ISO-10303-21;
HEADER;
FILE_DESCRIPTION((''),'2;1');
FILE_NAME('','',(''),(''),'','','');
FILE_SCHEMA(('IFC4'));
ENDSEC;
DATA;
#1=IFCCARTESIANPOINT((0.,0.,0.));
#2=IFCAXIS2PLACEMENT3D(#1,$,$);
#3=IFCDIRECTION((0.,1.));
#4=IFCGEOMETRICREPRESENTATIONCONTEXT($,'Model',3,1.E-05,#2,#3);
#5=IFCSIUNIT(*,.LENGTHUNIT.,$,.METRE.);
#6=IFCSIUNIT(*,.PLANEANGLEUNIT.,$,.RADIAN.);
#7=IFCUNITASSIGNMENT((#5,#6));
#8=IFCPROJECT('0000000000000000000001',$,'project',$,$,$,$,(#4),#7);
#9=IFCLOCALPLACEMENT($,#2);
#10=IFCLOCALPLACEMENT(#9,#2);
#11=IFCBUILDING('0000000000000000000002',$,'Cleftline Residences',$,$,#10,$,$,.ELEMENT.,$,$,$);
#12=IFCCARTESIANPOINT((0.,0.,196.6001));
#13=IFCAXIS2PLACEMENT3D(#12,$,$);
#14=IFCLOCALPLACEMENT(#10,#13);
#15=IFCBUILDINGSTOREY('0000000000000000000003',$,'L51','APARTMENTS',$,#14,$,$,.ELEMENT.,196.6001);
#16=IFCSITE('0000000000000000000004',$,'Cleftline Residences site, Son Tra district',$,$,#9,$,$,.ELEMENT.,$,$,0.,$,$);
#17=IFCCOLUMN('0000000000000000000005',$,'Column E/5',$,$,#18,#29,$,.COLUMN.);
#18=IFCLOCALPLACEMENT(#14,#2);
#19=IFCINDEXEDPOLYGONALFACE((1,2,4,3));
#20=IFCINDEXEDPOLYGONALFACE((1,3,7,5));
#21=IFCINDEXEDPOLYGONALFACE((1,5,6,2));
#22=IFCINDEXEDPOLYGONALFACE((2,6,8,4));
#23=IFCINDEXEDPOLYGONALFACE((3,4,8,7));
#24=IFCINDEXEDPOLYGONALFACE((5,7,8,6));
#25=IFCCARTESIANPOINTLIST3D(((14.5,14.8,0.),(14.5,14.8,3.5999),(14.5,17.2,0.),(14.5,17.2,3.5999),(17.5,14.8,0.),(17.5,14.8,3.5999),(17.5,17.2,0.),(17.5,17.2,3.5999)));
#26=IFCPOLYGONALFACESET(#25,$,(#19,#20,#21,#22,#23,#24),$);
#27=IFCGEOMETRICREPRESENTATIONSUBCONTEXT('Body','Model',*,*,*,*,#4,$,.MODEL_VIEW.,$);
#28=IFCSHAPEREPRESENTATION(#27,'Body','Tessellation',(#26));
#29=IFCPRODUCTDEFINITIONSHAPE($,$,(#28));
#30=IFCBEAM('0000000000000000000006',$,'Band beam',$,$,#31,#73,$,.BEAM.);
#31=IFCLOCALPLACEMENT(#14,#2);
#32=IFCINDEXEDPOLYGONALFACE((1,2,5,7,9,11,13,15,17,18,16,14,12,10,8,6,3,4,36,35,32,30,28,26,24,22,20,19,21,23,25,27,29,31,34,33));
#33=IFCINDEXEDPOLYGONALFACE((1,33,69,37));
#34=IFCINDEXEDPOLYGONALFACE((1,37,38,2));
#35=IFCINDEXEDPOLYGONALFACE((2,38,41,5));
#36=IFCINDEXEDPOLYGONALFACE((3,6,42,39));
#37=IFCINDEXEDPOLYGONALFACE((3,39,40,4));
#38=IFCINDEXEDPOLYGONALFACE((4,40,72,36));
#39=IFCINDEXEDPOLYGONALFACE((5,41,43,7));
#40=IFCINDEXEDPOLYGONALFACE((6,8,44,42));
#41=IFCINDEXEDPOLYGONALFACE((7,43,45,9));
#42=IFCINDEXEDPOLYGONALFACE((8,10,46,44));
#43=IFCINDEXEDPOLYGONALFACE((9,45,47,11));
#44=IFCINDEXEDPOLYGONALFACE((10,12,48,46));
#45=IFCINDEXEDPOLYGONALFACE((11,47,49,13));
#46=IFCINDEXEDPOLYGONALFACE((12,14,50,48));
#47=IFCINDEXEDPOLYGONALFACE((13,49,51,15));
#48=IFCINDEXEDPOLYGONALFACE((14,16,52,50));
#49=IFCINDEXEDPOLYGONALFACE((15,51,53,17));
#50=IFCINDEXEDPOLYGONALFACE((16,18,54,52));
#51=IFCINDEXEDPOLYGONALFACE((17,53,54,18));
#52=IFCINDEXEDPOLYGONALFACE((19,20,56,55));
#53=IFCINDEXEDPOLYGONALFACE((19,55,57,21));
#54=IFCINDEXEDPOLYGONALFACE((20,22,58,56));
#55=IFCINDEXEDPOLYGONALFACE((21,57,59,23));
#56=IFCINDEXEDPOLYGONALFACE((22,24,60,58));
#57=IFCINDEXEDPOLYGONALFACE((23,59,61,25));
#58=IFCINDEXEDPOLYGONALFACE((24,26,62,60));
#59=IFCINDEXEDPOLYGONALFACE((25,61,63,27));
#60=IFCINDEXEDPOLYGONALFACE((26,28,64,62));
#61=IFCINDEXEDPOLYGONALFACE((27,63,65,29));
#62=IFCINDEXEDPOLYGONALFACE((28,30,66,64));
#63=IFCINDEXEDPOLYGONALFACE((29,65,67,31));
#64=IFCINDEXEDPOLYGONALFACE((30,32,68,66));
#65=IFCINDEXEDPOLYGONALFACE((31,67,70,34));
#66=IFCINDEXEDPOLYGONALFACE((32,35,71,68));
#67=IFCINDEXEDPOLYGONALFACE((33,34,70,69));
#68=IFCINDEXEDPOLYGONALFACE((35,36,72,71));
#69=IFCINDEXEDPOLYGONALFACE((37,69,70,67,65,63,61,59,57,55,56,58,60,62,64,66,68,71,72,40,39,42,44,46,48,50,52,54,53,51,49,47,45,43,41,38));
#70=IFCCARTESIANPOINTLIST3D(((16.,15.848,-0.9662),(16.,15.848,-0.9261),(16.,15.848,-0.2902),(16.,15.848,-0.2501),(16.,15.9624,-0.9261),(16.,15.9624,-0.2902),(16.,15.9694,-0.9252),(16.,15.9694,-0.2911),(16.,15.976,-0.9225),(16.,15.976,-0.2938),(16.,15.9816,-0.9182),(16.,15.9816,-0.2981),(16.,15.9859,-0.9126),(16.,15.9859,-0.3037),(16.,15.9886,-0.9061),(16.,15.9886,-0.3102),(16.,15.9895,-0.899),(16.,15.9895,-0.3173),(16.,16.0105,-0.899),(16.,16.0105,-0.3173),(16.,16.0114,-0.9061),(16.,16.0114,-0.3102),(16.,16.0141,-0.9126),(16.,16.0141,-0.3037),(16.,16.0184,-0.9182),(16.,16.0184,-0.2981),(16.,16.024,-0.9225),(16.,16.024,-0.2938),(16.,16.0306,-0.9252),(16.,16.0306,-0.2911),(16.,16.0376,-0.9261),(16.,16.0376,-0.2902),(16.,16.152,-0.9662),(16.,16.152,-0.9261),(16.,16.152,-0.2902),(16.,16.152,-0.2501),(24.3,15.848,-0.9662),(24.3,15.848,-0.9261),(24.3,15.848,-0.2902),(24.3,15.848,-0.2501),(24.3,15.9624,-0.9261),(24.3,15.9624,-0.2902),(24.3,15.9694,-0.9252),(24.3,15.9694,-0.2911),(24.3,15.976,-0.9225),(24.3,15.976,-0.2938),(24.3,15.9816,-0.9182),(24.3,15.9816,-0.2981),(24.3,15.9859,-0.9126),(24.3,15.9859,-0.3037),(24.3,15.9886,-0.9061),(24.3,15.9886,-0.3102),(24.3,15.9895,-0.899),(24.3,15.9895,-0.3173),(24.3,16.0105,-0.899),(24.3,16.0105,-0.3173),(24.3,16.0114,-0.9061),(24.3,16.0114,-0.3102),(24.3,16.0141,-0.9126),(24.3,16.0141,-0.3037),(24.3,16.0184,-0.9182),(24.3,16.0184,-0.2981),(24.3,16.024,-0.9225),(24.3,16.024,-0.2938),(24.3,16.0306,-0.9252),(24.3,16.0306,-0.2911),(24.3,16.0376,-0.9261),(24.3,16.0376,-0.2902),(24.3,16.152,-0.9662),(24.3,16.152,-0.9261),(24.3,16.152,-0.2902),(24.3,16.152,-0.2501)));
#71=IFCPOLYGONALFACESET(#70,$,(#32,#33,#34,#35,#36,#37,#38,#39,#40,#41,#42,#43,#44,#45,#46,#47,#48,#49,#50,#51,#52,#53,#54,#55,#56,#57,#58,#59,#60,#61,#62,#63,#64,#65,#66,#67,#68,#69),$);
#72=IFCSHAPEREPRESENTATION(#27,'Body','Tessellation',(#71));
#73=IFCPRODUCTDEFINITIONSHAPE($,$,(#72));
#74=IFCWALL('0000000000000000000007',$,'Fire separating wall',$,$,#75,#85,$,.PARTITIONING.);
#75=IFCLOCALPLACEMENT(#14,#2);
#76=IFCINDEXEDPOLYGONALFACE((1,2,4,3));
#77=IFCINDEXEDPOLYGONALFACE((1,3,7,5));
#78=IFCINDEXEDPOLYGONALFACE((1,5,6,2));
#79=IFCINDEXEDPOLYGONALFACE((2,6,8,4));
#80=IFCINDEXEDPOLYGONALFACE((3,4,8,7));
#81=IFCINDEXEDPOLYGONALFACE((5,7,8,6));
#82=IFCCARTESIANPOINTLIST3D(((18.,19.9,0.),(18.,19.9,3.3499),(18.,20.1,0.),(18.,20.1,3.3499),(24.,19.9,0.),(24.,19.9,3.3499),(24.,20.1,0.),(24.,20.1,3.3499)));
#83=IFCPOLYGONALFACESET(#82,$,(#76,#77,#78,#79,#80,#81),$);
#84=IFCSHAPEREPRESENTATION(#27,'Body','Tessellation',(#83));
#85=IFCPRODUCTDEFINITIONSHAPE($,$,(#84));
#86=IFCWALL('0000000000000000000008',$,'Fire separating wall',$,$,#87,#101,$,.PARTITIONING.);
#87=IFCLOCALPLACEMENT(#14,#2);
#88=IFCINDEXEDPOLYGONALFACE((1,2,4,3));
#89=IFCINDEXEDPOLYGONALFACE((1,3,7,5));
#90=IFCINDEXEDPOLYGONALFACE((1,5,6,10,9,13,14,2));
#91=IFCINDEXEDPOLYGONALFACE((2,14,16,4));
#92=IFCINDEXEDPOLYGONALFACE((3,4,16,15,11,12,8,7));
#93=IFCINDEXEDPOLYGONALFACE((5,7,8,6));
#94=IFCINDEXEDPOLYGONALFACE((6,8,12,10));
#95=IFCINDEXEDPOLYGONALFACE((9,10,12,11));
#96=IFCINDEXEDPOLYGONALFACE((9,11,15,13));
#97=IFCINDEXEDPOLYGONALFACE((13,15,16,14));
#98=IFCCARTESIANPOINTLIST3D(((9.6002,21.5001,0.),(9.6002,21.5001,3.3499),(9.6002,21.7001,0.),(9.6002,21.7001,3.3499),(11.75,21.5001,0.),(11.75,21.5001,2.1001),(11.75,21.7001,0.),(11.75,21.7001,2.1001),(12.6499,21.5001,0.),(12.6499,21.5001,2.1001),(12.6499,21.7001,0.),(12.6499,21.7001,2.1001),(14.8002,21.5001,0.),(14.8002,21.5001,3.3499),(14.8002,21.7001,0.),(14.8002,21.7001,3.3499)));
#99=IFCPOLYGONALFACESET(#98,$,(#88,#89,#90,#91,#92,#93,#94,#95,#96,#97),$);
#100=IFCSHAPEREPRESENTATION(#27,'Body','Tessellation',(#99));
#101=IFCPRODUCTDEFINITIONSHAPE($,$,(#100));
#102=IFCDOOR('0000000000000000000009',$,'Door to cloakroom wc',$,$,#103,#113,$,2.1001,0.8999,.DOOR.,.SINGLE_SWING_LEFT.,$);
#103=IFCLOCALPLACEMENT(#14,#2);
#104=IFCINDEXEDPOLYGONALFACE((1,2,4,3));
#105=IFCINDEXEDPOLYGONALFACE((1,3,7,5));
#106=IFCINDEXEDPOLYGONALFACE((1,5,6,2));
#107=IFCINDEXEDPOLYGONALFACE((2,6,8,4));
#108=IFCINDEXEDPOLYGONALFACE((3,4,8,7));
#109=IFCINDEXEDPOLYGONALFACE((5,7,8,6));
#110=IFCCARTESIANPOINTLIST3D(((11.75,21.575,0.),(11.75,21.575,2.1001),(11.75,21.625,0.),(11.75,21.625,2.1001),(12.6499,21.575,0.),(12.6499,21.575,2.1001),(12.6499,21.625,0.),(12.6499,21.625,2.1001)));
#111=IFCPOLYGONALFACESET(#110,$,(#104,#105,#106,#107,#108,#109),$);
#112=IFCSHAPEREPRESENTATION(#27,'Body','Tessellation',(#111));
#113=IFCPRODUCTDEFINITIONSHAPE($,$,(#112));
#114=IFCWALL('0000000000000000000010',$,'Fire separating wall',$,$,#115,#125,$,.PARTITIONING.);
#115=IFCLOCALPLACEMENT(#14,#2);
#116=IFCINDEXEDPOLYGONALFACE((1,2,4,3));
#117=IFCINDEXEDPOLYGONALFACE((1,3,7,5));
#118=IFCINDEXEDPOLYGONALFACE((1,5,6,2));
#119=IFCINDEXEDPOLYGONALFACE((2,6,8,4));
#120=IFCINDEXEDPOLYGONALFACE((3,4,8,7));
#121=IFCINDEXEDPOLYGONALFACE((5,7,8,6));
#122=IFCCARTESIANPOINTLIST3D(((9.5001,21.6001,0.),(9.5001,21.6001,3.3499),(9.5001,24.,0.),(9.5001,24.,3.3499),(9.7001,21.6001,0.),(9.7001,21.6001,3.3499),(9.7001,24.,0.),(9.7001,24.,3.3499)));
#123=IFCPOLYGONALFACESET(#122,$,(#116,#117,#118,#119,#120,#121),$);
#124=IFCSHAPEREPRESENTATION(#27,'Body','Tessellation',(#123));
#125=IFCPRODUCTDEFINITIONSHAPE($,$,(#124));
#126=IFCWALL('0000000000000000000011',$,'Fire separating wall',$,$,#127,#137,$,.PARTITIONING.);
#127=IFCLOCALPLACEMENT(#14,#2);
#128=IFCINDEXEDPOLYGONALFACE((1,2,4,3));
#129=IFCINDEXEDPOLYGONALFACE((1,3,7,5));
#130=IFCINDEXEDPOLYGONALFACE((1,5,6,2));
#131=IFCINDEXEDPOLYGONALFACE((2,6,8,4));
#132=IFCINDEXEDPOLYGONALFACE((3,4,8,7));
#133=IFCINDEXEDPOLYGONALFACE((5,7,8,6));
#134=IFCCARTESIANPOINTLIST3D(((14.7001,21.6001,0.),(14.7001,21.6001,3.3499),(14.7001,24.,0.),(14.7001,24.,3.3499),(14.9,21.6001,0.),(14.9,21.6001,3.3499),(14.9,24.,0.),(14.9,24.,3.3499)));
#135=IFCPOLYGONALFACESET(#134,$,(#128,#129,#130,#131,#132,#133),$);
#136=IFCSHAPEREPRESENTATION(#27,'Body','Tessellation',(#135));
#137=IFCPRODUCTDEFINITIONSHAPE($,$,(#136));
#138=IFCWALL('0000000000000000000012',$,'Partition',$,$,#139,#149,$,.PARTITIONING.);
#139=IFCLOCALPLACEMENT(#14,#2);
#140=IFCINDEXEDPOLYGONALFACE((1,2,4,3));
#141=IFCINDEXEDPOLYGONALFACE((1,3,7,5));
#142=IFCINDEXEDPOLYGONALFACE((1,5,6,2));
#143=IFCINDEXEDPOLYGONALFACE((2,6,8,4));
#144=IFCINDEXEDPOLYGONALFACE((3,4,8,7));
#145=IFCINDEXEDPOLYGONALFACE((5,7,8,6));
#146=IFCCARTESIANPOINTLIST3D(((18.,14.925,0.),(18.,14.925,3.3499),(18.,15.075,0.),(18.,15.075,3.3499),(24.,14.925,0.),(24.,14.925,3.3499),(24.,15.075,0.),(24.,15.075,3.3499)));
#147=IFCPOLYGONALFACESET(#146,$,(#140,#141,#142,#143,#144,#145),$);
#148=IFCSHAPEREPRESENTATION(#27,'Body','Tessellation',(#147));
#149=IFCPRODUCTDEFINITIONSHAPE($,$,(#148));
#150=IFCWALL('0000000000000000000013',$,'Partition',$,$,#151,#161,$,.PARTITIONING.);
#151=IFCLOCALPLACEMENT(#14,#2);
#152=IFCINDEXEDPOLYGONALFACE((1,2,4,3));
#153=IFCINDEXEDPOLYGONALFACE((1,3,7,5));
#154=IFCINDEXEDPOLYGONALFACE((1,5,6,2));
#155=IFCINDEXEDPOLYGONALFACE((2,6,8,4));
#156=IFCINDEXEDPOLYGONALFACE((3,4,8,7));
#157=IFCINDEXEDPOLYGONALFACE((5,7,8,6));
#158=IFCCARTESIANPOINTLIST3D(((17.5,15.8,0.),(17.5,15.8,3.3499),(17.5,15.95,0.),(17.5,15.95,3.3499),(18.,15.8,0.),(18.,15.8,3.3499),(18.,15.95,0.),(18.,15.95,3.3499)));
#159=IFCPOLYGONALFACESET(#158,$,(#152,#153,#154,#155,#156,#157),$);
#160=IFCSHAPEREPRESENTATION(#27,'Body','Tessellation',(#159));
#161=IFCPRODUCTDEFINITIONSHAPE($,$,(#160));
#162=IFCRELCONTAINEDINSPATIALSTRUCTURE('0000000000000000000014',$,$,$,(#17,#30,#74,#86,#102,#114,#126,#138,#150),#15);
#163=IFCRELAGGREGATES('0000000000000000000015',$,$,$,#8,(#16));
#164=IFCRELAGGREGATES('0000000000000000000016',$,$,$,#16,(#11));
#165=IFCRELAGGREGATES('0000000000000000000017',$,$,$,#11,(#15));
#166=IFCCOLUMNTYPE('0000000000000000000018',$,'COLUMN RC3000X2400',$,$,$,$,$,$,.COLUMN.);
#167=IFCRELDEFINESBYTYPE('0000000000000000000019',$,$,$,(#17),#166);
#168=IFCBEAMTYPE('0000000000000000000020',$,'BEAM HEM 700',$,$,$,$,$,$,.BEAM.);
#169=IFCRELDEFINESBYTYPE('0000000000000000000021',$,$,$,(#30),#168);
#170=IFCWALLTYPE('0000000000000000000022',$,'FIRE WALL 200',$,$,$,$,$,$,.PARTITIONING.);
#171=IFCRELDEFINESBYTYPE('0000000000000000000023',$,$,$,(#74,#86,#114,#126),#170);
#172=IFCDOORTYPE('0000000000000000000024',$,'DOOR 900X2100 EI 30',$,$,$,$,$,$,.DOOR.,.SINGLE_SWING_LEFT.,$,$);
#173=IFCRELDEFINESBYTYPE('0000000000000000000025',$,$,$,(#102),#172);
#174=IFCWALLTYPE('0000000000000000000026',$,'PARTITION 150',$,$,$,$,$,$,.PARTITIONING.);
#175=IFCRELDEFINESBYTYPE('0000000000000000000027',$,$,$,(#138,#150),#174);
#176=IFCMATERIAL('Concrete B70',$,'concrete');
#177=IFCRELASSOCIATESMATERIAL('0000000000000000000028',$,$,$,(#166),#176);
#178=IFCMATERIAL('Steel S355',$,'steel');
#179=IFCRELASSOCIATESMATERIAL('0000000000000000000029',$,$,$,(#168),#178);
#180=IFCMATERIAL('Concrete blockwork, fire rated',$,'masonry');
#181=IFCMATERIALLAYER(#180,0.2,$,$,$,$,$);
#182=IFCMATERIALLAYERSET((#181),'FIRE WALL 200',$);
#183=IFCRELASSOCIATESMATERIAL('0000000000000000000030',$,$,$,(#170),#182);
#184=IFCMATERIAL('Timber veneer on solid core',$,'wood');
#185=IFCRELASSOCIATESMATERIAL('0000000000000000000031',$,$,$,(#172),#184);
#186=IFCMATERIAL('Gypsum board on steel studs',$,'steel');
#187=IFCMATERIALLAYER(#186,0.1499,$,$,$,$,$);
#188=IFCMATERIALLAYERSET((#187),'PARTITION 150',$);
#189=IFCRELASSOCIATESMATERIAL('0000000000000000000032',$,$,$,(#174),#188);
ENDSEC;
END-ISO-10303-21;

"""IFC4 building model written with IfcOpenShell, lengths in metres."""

from ifc_helpers import new_model, si_unit, direction, frame, frame_2d, origin, origin_2d, place, context, subcontext, project, spatial, rectangle, i_section, extrude, material, layer, layer_set, material_profile, profile_set, type_object, element, fill, save


model = new_model("IFC4")

# Units and contexts
model_context = context("Model", 3, precision=1e-05, world=origin(), true_north=direction((0.0, 1.0)))
body_context = subcontext(model_context, "Body", "Model", "MODEL_VIEW")
ifc_project = project(units=[si_unit("LENGTHUNIT", "METRE"), si_unit("PLANEANGLEUNIT", "RADIAN")], contexts=[model_context])

# Site, building, storey
site_placement = place(None, origin())
site = spatial("IfcSite", under=ifc_project, at=site_placement, Name="Cleftline Residences site, Son Tra district", CompositionType="ELEMENT", RefElevation=0.0)
building_placement = place(site_placement, origin())
building = spatial("IfcBuilding", under=site, at=building_placement, Name="Cleftline Residences", CompositionType="ELEMENT")
storey_placement = place(building_placement, frame((0.0, 0.0, 196.6001)))
storey = spatial("IfcBuildingStorey", under=building, at=storey_placement, Name="L51", Description="APARTMENTS", CompositionType="ELEMENT", Elevation=196.6001)

# Column
ifc_material_1 = material(Name="Concrete B70", Category="concrete")
ifc_material_profile_1 = material_profile(ifc_material_1, rectangle(XDim=3.0, YDim=2.3999, at=origin_2d()))
ifc_profile_set_1 = profile_set([ifc_material_profile_1], Name="Concrete B70")
column_type = type_object("IfcColumnType", Name="COLUMN RC3000X2400", PredefinedType="COLUMN", material=ifc_profile_set_1)
column_placement = place(storey_placement, frame((16.0, 16.0, 0.0), z_axis=(0.0, 0.0, 1.0), x_axis=(1.0, 0.0, 0.0)))
element("IfcColumn", 1, at=column_placement, inside=storey, type_object=column_type, Name="Column E/5", PredefinedType="COLUMN", context=body_context, shape_type="SweptSolid", body=[
    extrude(rectangle(XDim=3.0, YDim=2.3999, at=origin_2d()), origin(), (0.0, 0.0, 1.0), 3.5999),
])

# Beam
ifc_material_2 = material(Name="Steel S355", Category="steel")
ifc_material_profile_2 = material_profile(ifc_material_2, i_section(OverallWidth=0.304, OverallDepth=0.7161, WebThickness=0.021, FlangeThickness=0.04, FilletRadius=0.0271, at=origin_2d()))
ifc_profile_set_2 = profile_set([ifc_material_profile_2], Name="Steel S355")
beam_type = type_object("IfcBeamType", Name="BEAM HEM 700", PredefinedType="BEAM", material=ifc_profile_set_2)
beam_placement = place(storey_placement, frame((16.0, 16.0, -0.6082), z_axis=(1.0, 0.0, 0.0), x_axis=(0.0, 1.0, 0.0)))
element("IfcBeam", 2, at=beam_placement, inside=storey, type_object=beam_type, Name="Band beam", PredefinedType="BEAM", context=body_context, shape_type="SweptSolid", body=[
    extrude(i_section(OverallWidth=0.304, OverallDepth=0.7161, WebThickness=0.021, FlangeThickness=0.04, FilletRadius=0.0271, at=origin_2d()), origin(), (0.0, 0.0, 1.0), 8.3),
])

# Wall
ifc_material_3 = material(Name="Concrete blockwork, fire rated", Category="masonry")
ifc_layer_1 = layer(ifc_material_3, 0.2)
ifc_layer_set_1 = layer_set([ifc_layer_1], Name="FIRE WALL 200")
wall_type_1 = type_object("IfcWallType", Name="FIRE WALL 200", PredefinedType="PARTITIONING", material=ifc_layer_set_1)
wall_1_placement = place(storey_placement, frame((18.0, 20.0, 0.0), z_axis=(0.0, 0.0, 1.0), x_axis=(1.0, 0.0, 0.0)))
element("IfcWall", 3, at=wall_1_placement, inside=storey, type_object=wall_type_1, Name="Fire separating wall", PredefinedType="PARTITIONING", context=body_context, shape_type="SweptSolid", body=[
    extrude(rectangle(XDim=6.0, YDim=0.2, at=frame_2d((3.0, 0.0))), origin(), (0.0, 0.0, 1.0), 3.3499),
])

# Wall, opening, door
wall_2_placement = place(storey_placement, frame((9.6001, 21.6001, 0.0), z_axis=(0.0, 0.0, 1.0), x_axis=(1.0, 0.0, 0.0)))
wall_2 = element("IfcWall", 4, at=wall_2_placement, inside=storey, type_object=wall_type_1, Name="Fire separating wall", PredefinedType="PARTITIONING", context=body_context, shape_type="SweptSolid", body=[
    extrude(rectangle(XDim=5.2, YDim=0.2, at=frame_2d((2.6001, 0.0))), origin(), (0.0, 0.0, 1.0), 3.3499),
])
opening_1_placement = place(wall_2_placement, frame((2.1499, 0.0, 0.0)))
opening_1 = element("IfcOpeningElement", 5, at=opening_1_placement, cuts=wall_2, PredefinedType="OPENING", context=body_context, shape_type="SweptSolid", body=[
    extrude(rectangle(XDim=0.8999, YDim=2.1001, at=frame_2d((0.45, 1.05))), frame((0.0, 0.1099, 0.0), z_axis=(0.0, -1.0, 0.0), x_axis=(1.0, 0.0, 0.0)), (0.0, 0.0, 1.0), 0.22),
])
ifc_material_4 = material(Name="Timber veneer on solid core", Category="wood")
door_type_1 = type_object("IfcDoorType", Name="DOOR 900X2100 EI 30", OperationType="SINGLE_SWING_LEFT", PredefinedType="DOOR", material=ifc_material_4)
door_1_placement = place(opening_1_placement, origin())
door_1 = element("IfcDoor", 6, at=door_1_placement, inside=storey, type_object=door_type_1, Name="Door to cloakroom wc", OperationType="SINGLE_SWING_LEFT", OverallHeight=2.1001, OverallWidth=0.8999, PredefinedType="DOOR", context=body_context, shape_type="SweptSolid", body=[
    extrude(rectangle(XDim=0.8999, YDim=2.1001, at=frame_2d((0.45, 1.05))), frame((0.0, 0.0249, 0.0), z_axis=(0.0, -1.0, 0.0), x_axis=(1.0, 0.0, 0.0)), (0.0, 0.0, 1.0), 0.05),
])
fill(opening_1, door_1)

# Walls
for number, where, z_axis, x_axis, name in (
    (7, (9.6001, 21.6001, 0.0), (0.0, 0.0, 1.0), (0.0, 1.0, 0.0), "Fire separating wall"),
    (8, (14.8, 21.6001, 0.0), (0.0, 0.0, 1.0), (0.0, 1.0, 0.0), "Fire separating wall"),
):
    element("IfcWall", number, at=place(storey_placement, frame(where, z_axis=z_axis, x_axis=x_axis)), inside=storey, type_object=wall_type_1, Name=name, PredefinedType="PARTITIONING", context=body_context, shape_type="SweptSolid", body=[
        extrude(rectangle(XDim=2.3999, YDim=0.2, at=frame_2d((1.2, 0.0))), origin(), (0.0, 0.0, 1.0), 3.3499),
    ])

# Walls
ifc_material_5 = material(Name="Gypsum board on steel studs", Category="steel")
ifc_layer_2 = layer(ifc_material_5, 0.1499)
ifc_layer_set_2 = layer_set([ifc_layer_2], Name="PARTITION 150")
wall_type_2 = type_object("IfcWallType", Name="PARTITION 150", PredefinedType="PARTITIONING", material=ifc_layer_set_2)
wall_3_placement = place(storey_placement, frame((18.0, 15.0, 0.0), z_axis=(0.0, 0.0, 1.0), x_axis=(1.0, 0.0, 0.0)))
element("IfcWall", 9, at=wall_3_placement, inside=storey, type_object=wall_type_2, Name="Partition", PredefinedType="PARTITIONING", context=body_context, shape_type="SweptSolid", body=[
    extrude(rectangle(XDim=6.0, YDim=0.1499, at=frame_2d((3.0, 0.0))), origin(), (0.0, 0.0, 1.0), 3.3499),
])
wall_4_placement = place(storey_placement, frame((17.5, 15.875, 0.0), z_axis=(0.0, 0.0, 1.0), x_axis=(1.0, 0.0, 0.0)))
element("IfcWall", 10, at=wall_4_placement, inside=storey, type_object=wall_type_2, Name="Partition", PredefinedType="PARTITIONING", context=body_context, shape_type="SweptSolid", body=[
    extrude(rectangle(XDim=0.5, YDim=0.1499, at=frame_2d((0.25, 0.0))), origin(), (0.0, 0.0, 1.0), 3.3499),
])

save(model, "model.ifc")
